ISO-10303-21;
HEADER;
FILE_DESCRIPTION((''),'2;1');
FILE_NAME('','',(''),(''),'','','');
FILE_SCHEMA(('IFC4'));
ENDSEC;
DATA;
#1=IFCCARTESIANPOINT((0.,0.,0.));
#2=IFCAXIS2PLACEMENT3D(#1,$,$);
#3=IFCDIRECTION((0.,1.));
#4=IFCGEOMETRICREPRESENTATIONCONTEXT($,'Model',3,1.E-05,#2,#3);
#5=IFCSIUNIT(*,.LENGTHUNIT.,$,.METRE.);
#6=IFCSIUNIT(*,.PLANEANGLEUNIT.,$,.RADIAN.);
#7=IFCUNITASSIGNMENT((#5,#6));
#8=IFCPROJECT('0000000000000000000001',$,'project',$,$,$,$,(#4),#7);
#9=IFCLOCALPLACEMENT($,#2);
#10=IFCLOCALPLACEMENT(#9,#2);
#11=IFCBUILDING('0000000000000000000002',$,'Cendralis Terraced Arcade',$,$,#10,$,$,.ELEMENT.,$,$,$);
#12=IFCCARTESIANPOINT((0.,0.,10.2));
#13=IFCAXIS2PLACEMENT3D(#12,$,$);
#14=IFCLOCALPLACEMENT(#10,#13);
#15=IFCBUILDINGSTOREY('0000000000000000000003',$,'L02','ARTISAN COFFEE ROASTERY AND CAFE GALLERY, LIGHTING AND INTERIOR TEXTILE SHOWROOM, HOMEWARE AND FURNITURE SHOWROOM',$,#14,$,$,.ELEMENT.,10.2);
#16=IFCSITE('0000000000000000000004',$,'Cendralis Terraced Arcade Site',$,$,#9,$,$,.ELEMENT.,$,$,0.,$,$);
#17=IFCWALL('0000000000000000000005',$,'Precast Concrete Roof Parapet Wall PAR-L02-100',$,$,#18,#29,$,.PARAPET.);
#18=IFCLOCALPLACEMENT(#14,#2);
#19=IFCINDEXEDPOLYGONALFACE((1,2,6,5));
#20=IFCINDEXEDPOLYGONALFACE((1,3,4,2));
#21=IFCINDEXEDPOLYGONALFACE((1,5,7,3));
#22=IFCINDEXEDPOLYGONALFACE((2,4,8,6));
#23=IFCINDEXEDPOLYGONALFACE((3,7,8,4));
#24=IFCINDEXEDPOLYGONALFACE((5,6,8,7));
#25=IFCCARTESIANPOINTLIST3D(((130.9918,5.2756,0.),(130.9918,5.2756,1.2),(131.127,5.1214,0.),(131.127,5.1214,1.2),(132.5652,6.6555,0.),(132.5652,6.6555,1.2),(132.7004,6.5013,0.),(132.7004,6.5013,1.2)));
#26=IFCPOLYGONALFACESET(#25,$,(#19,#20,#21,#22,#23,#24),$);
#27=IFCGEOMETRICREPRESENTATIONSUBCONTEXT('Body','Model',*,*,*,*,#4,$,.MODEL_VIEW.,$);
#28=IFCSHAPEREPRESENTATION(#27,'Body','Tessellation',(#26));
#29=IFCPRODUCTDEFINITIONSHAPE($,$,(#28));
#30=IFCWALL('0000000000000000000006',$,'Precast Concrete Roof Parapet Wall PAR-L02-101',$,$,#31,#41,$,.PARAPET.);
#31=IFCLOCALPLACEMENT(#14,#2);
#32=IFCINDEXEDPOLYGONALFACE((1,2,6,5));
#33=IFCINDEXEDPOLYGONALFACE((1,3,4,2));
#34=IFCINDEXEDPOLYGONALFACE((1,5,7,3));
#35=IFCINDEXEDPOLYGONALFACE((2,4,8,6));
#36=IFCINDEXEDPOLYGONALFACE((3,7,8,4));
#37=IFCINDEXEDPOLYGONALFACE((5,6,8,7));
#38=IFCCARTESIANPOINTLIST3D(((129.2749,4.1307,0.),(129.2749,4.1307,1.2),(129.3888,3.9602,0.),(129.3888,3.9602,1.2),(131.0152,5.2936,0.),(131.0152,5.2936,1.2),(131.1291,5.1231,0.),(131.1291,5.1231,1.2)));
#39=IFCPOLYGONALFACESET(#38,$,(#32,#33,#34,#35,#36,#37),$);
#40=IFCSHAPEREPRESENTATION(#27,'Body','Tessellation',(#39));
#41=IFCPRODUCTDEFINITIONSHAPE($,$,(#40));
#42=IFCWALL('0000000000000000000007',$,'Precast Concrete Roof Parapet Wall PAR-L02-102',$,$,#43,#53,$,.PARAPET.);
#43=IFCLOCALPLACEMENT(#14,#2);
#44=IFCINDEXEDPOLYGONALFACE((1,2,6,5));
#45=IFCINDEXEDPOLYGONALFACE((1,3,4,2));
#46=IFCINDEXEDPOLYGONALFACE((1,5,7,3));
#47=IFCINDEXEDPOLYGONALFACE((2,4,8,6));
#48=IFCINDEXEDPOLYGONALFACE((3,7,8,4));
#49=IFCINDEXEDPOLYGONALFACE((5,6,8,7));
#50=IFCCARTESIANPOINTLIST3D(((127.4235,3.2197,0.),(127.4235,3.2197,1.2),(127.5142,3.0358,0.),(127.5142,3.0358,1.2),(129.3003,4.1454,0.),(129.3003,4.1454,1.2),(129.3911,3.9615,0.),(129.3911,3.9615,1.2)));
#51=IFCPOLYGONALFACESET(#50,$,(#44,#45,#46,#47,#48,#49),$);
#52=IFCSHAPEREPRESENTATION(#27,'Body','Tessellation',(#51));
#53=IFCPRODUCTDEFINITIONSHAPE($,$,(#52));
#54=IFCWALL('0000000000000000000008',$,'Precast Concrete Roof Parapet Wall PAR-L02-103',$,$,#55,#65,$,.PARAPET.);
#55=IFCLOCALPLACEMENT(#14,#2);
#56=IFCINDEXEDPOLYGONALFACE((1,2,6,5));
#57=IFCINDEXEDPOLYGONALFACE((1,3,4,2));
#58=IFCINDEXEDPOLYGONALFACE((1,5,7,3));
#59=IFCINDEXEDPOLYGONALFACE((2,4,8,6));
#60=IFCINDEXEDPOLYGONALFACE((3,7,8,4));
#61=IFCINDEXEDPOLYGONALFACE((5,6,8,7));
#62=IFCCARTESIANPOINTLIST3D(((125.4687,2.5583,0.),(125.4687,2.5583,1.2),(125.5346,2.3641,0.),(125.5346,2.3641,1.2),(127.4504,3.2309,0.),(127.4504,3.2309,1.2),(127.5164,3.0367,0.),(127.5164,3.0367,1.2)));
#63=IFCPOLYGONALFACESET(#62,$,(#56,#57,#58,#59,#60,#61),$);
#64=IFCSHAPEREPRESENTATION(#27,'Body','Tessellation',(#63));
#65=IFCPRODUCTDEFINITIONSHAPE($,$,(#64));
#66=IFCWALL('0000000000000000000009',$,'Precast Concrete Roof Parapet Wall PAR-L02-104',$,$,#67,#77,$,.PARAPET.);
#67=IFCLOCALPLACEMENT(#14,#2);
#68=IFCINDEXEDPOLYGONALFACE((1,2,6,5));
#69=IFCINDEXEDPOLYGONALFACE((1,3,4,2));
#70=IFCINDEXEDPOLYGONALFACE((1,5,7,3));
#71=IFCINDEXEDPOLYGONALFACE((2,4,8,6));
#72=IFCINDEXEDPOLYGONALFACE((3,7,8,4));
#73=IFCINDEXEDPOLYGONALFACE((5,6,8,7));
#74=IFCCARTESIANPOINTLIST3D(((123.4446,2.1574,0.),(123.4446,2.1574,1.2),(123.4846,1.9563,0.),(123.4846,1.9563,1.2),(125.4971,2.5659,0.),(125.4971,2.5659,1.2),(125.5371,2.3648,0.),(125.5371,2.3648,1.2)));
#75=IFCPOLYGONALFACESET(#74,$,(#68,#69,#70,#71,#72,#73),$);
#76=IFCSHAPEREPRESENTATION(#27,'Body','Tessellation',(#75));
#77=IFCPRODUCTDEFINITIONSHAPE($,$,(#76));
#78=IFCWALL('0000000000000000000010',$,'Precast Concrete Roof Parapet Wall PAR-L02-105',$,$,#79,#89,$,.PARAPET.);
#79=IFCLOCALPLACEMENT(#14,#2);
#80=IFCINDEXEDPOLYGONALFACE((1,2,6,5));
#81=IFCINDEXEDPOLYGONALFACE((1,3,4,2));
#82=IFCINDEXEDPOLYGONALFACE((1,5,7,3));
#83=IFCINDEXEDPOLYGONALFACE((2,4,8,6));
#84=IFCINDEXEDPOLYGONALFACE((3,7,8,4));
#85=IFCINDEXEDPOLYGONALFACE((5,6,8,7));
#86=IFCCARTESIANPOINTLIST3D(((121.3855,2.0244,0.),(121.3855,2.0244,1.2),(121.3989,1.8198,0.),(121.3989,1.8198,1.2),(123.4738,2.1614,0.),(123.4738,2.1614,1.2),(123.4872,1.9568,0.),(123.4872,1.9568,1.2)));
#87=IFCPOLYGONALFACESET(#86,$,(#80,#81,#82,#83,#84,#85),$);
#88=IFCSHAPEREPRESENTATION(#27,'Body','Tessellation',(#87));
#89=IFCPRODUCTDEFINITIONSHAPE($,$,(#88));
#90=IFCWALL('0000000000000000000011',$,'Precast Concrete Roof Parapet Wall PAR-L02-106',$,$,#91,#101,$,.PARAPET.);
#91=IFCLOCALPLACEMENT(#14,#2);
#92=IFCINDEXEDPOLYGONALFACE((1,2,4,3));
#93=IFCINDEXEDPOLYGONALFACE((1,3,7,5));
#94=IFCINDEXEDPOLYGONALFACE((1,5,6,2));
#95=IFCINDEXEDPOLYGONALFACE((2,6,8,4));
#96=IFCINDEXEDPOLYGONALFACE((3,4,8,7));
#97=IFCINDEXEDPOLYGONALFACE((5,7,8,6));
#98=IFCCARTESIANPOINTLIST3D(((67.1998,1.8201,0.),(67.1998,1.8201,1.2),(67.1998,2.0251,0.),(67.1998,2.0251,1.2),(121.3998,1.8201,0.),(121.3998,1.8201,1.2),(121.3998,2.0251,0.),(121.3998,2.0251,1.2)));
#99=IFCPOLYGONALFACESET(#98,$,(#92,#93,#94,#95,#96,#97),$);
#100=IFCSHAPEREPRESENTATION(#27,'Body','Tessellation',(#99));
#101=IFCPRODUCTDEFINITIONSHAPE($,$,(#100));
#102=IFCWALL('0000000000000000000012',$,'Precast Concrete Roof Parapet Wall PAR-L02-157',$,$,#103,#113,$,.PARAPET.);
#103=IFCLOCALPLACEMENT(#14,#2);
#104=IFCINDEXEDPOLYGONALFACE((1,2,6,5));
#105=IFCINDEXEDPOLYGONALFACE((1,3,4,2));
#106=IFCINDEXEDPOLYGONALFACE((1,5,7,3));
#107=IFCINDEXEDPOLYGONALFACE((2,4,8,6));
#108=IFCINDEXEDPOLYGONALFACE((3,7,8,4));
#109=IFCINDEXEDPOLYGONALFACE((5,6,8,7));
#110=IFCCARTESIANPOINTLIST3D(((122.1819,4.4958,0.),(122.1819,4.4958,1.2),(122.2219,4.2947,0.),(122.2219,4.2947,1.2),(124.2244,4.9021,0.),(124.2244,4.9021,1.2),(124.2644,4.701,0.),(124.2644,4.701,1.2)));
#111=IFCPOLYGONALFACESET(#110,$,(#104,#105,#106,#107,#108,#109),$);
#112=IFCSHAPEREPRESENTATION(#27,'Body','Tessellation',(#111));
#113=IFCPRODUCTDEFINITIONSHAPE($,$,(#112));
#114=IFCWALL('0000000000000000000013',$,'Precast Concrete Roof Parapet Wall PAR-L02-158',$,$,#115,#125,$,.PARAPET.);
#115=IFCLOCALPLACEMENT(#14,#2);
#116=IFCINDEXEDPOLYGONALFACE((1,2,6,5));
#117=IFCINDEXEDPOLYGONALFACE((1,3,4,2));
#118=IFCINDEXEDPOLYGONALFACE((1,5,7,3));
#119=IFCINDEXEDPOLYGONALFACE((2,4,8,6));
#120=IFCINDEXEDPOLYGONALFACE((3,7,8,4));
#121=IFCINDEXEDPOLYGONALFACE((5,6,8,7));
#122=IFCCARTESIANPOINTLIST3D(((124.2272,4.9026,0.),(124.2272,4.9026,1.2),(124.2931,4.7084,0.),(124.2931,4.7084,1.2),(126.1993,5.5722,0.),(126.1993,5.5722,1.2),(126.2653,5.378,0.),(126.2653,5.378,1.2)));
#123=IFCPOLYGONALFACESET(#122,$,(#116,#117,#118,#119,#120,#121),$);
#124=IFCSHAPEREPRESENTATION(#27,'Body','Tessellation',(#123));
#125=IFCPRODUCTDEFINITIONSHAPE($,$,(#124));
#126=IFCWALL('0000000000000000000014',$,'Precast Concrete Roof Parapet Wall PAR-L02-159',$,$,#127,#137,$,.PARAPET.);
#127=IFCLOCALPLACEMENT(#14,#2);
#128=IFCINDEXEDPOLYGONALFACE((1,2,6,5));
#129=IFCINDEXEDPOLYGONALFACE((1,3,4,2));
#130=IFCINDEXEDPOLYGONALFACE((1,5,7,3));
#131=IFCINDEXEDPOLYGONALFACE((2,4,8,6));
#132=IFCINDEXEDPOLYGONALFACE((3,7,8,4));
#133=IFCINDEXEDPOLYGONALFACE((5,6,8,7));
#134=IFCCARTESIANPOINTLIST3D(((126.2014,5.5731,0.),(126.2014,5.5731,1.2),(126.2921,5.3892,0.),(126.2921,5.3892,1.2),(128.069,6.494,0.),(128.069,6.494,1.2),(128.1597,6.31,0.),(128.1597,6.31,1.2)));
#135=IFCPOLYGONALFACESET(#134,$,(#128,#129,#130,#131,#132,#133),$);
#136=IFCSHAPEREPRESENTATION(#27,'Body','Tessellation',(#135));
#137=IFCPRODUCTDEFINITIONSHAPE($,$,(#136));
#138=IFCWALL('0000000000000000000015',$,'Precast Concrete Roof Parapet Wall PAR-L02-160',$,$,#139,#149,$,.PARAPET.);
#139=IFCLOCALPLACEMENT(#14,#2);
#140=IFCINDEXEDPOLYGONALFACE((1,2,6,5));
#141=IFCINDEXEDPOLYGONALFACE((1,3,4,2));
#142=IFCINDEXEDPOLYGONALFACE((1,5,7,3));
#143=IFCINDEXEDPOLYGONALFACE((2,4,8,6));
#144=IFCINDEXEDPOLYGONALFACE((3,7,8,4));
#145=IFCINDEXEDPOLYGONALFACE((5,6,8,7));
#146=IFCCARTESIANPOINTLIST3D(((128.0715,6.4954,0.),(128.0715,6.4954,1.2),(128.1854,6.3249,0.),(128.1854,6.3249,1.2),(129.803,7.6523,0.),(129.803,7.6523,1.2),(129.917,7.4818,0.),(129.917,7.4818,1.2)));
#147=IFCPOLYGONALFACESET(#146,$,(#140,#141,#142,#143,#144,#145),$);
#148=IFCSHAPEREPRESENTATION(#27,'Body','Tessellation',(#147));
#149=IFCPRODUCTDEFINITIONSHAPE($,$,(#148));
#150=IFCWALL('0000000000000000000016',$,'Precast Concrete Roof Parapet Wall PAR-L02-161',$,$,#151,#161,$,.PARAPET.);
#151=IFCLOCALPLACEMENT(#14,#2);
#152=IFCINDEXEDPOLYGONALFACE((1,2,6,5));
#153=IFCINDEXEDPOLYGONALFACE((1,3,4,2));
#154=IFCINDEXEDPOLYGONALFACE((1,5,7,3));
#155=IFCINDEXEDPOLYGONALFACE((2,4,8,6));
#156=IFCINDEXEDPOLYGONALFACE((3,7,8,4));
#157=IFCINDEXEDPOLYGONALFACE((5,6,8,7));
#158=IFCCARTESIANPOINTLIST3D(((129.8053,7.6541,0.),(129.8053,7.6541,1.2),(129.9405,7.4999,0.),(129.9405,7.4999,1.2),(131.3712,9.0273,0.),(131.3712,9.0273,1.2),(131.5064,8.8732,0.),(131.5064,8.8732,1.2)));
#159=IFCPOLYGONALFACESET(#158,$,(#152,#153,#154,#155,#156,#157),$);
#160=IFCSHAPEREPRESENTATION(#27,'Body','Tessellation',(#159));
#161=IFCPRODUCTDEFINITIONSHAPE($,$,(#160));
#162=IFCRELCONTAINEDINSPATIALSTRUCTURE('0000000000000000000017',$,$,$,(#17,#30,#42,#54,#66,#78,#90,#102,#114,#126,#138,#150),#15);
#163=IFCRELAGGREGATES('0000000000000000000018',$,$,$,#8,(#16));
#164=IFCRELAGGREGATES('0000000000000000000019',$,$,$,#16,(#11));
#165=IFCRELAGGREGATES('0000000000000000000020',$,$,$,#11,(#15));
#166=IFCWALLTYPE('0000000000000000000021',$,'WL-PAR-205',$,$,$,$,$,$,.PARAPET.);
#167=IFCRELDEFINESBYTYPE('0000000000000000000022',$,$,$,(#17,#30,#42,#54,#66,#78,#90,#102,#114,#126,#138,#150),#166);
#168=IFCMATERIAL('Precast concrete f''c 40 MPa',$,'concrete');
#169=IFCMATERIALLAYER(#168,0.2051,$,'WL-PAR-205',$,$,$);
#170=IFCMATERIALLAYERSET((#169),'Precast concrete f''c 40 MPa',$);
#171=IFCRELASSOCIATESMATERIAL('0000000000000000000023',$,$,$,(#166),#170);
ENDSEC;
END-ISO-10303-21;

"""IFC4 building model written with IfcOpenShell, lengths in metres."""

from ifc_helpers import new_model, si_unit, direction, frame, frame_2d, origin, place, context, subcontext, project, spatial, rectangle, extrude, material, layer, layer_set, type_object, element, save


model = new_model("IFC4")

# Units and contexts
model_context = context("Model", 3, precision=1e-05, world=origin(), true_north=direction((0.0, 1.0)))
body_context = subcontext(model_context, "Body", "Model", "MODEL_VIEW")
ifc_project = project(units=[si_unit("LENGTHUNIT", "METRE"), si_unit("PLANEANGLEUNIT", "RADIAN")], contexts=[model_context])

# Site, building, storey
site_placement = place(None, origin())
site = spatial("IfcSite", under=ifc_project, at=site_placement, Name="Cendralis Terraced Arcade Site", CompositionType="ELEMENT", RefElevation=0.0)
building_placement = place(site_placement, origin())
building = spatial("IfcBuilding", under=site, at=building_placement, Name="Cendralis Terraced Arcade", CompositionType="ELEMENT")
storey_placement = place(building_placement, frame((0.0, 0.0, 10.2)))
storey = spatial("IfcBuildingStorey", under=building, at=storey_placement, Name="L02", Description="ARTISAN COFFEE ROASTERY AND CAFE GALLERY, LIGHTING AND INTERIOR TEXTILE SHOWROOM, HOMEWARE AND FURNITURE SHOWROOM", CompositionType="ELEMENT", Elevation=10.2)

# Walls
ifc_material_1 = material(Name="Precast concrete f'c 40 MPa", Category="concrete")
ifc_layer_1 = layer(ifc_material_1, 0.2051, Name="WL-PAR-205")
ifc_layer_set_1 = layer_set([ifc_layer_1], Name="Precast concrete f'c 40 MPa")
wall_type = type_object("IfcWallType", Name="WL-PAR-205", PredefinedType="PARAPET", material=ifc_layer_set_1)
wall_1_placement = place(storey_placement, frame((132.6328, 6.5784, 0.0), z_axis=(0.0, 0.0, 1.0), x_axis=(-0.751846, -0.659338, 0.0)))
element("IfcWall", 1, at=wall_1_placement, inside=storey, type_object=wall_type, Name="Precast Concrete Roof Parapet Wall PAR-L02-100", PredefinedType="PARAPET", context=body_context, shape_type="SweptSolid", body=[
    extrude(rectangle(XDim=2.0928, YDim=0.2051, at=frame_2d((1.0464, 0.0))), origin(), (0.0, 0.0, 1.0), 1.2),
])
wall_2_placement = place(storey_placement, frame((131.072, 5.2083, 0.0), z_axis=(0.0, 0.0, 1.0), x_axis=(-0.831458, -0.555588, 0.0)))
element("IfcWall", 2, at=wall_2_placement, inside=storey, type_object=wall_type, Name="Precast Concrete Roof Parapet Wall PAR-L02-101", PredefinedType="PARAPET", context=body_context, shape_type="SweptSolid", body=[
    extrude(rectangle(XDim=2.093, YDim=0.2051, at=frame_2d((1.0464, 0.0))), origin(), (0.0, 0.0, 1.0), 1.2),
])
for number, where, z_axis, x_axis, name in (
    (3, (129.3457, 4.0535, 0.0), (0.0, 0.0, 1.0), (-0.89684, -0.442354, 0.0), "Precast Concrete Roof Parapet Wall PAR-L02-102"),
    (4, (127.4834, 3.1338, 0.0), (0.0, 0.0, 1.0), (-0.946943, -0.321403, 0.0), "Precast Concrete Roof Parapet Wall PAR-L02-103"),
    (5, (125.5171, 2.4653, 0.0), (0.0, 0.0, 1.0), (-0.980769, -0.195174, 0.0), "Precast Concrete Roof Parapet Wall PAR-L02-104"),
    (6, (123.4805, 2.0591, 0.0), (0.0, 0.0, 1.0), (-0.997856, -0.065443, 0.0), "Precast Concrete Roof Parapet Wall PAR-L02-105"),
):
    element("IfcWall", number, at=place(storey_placement, frame(where, z_axis=z_axis, x_axis=x_axis)), inside=storey, type_object=wall_type, Name=name, PredefinedType="PARAPET", context=body_context, shape_type="SweptSolid", body=[
        extrude(rectangle(XDim=2.0928, YDim=0.2051, at=frame_2d((1.0464, 0.0))), origin(), (0.0, 0.0, 1.0), 1.2),
    ])
wall_3_placement = place(storey_placement, frame((121.3999, 1.9226, 0.0), z_axis=(0.0, 0.0, 1.0), x_axis=(-1.0, 0.0, 0.0)))
element("IfcWall", 7, at=wall_3_placement, inside=storey, type_object=wall_type, Name="Precast Concrete Roof Parapet Wall PAR-L02-106", PredefinedType="PARAPET", context=body_context, shape_type="SweptSolid", body=[
    extrude(rectangle(XDim=54.2, YDim=0.2051, at=frame_2d((27.1001, 0.0))), origin(), (0.0, 0.0, 1.0), 1.2),
])
wall_4_placement = place(storey_placement, frame((122.2019, 4.3953, 0.0), z_axis=(0.0, 0.0, 1.0), x_axis=(0.980788, 0.195079, 0.0)))
element("IfcWall", 8, at=wall_4_placement, inside=storey, type_object=wall_type, Name="Precast Concrete Roof Parapet Wall PAR-L02-157", PredefinedType="PARAPET", context=body_context, shape_type="SweptSolid", body=[
    extrude(rectangle(XDim=2.0825, YDim=0.2051, at=frame_2d((1.0413, 0.0))), origin(), (0.0, 0.0, 1.0), 1.2),
])
wall_5_placement = place(storey_placement, frame((124.26, 4.8054, 0.0), z_axis=(0.0, 0.0, 1.0), x_axis=(0.946898, 0.321533, 0.0)))
element("IfcWall", 9, at=wall_5_placement, inside=storey, type_object=wall_type, Name="Precast Concrete Roof Parapet Wall PAR-L02-158", PredefinedType="PARAPET", context=body_context, shape_type="SweptSolid", body=[
    extrude(rectangle(XDim=2.0828, YDim=0.2051, at=frame_2d((1.0415, 0.0))), origin(), (0.0, 0.0, 1.0), 1.2),
])
wall_6_placement = place(storey_placement, frame((126.2468, 5.4812, 0.0), z_axis=(0.0, 0.0, 1.0), x_axis=(0.896899, 0.442236, 0.0)))
element("IfcWall", 10, at=wall_6_placement, inside=storey, type_object=wall_type, Name="Precast Concrete Roof Parapet Wall PAR-L02-159", PredefinedType="PARAPET", context=body_context, shape_type="SweptSolid", body=[
    extrude(rectangle(XDim=2.0823, YDim=0.2051, at=frame_2d((1.041, 0.0))), origin(), (0.0, 0.0, 1.0), 1.2),
])
wall_7_placement = place(storey_placement, frame((128.1284, 6.4102, 0.0), z_axis=(0.0, 0.0, 1.0), x_axis=(0.831491, 0.555539, 0.0)))
element("IfcWall", 11, at=wall_7_placement, inside=storey, type_object=wall_type, Name="Precast Concrete Roof Parapet Wall PAR-L02-160", PredefinedType="PARAPET", context=body_context, shape_type="SweptSolid", body=[
    extrude(rectangle(XDim=2.0825, YDim=0.2051, at=frame_2d((1.0413, 0.0))), origin(), (0.0, 0.0, 1.0), 1.2),
])
wall_8_placement = place(storey_placement, frame((129.8728, 7.5769, 0.0), z_axis=(0.0, 0.0, 1.0), x_axis=(0.751836, 0.659351, 0.0)))
element("IfcWall", 12, at=wall_8_placement, inside=storey, type_object=wall_type, Name="Precast Concrete Roof Parapet Wall PAR-L02-161", PredefinedType="PARAPET", context=body_context, shape_type="SweptSolid", body=[
    extrude(rectangle(XDim=2.0828, YDim=0.2051, at=frame_2d((1.0415, 0.0))), origin(), (0.0, 0.0, 1.0), 1.2),
])

save(model, "model.ifc")
